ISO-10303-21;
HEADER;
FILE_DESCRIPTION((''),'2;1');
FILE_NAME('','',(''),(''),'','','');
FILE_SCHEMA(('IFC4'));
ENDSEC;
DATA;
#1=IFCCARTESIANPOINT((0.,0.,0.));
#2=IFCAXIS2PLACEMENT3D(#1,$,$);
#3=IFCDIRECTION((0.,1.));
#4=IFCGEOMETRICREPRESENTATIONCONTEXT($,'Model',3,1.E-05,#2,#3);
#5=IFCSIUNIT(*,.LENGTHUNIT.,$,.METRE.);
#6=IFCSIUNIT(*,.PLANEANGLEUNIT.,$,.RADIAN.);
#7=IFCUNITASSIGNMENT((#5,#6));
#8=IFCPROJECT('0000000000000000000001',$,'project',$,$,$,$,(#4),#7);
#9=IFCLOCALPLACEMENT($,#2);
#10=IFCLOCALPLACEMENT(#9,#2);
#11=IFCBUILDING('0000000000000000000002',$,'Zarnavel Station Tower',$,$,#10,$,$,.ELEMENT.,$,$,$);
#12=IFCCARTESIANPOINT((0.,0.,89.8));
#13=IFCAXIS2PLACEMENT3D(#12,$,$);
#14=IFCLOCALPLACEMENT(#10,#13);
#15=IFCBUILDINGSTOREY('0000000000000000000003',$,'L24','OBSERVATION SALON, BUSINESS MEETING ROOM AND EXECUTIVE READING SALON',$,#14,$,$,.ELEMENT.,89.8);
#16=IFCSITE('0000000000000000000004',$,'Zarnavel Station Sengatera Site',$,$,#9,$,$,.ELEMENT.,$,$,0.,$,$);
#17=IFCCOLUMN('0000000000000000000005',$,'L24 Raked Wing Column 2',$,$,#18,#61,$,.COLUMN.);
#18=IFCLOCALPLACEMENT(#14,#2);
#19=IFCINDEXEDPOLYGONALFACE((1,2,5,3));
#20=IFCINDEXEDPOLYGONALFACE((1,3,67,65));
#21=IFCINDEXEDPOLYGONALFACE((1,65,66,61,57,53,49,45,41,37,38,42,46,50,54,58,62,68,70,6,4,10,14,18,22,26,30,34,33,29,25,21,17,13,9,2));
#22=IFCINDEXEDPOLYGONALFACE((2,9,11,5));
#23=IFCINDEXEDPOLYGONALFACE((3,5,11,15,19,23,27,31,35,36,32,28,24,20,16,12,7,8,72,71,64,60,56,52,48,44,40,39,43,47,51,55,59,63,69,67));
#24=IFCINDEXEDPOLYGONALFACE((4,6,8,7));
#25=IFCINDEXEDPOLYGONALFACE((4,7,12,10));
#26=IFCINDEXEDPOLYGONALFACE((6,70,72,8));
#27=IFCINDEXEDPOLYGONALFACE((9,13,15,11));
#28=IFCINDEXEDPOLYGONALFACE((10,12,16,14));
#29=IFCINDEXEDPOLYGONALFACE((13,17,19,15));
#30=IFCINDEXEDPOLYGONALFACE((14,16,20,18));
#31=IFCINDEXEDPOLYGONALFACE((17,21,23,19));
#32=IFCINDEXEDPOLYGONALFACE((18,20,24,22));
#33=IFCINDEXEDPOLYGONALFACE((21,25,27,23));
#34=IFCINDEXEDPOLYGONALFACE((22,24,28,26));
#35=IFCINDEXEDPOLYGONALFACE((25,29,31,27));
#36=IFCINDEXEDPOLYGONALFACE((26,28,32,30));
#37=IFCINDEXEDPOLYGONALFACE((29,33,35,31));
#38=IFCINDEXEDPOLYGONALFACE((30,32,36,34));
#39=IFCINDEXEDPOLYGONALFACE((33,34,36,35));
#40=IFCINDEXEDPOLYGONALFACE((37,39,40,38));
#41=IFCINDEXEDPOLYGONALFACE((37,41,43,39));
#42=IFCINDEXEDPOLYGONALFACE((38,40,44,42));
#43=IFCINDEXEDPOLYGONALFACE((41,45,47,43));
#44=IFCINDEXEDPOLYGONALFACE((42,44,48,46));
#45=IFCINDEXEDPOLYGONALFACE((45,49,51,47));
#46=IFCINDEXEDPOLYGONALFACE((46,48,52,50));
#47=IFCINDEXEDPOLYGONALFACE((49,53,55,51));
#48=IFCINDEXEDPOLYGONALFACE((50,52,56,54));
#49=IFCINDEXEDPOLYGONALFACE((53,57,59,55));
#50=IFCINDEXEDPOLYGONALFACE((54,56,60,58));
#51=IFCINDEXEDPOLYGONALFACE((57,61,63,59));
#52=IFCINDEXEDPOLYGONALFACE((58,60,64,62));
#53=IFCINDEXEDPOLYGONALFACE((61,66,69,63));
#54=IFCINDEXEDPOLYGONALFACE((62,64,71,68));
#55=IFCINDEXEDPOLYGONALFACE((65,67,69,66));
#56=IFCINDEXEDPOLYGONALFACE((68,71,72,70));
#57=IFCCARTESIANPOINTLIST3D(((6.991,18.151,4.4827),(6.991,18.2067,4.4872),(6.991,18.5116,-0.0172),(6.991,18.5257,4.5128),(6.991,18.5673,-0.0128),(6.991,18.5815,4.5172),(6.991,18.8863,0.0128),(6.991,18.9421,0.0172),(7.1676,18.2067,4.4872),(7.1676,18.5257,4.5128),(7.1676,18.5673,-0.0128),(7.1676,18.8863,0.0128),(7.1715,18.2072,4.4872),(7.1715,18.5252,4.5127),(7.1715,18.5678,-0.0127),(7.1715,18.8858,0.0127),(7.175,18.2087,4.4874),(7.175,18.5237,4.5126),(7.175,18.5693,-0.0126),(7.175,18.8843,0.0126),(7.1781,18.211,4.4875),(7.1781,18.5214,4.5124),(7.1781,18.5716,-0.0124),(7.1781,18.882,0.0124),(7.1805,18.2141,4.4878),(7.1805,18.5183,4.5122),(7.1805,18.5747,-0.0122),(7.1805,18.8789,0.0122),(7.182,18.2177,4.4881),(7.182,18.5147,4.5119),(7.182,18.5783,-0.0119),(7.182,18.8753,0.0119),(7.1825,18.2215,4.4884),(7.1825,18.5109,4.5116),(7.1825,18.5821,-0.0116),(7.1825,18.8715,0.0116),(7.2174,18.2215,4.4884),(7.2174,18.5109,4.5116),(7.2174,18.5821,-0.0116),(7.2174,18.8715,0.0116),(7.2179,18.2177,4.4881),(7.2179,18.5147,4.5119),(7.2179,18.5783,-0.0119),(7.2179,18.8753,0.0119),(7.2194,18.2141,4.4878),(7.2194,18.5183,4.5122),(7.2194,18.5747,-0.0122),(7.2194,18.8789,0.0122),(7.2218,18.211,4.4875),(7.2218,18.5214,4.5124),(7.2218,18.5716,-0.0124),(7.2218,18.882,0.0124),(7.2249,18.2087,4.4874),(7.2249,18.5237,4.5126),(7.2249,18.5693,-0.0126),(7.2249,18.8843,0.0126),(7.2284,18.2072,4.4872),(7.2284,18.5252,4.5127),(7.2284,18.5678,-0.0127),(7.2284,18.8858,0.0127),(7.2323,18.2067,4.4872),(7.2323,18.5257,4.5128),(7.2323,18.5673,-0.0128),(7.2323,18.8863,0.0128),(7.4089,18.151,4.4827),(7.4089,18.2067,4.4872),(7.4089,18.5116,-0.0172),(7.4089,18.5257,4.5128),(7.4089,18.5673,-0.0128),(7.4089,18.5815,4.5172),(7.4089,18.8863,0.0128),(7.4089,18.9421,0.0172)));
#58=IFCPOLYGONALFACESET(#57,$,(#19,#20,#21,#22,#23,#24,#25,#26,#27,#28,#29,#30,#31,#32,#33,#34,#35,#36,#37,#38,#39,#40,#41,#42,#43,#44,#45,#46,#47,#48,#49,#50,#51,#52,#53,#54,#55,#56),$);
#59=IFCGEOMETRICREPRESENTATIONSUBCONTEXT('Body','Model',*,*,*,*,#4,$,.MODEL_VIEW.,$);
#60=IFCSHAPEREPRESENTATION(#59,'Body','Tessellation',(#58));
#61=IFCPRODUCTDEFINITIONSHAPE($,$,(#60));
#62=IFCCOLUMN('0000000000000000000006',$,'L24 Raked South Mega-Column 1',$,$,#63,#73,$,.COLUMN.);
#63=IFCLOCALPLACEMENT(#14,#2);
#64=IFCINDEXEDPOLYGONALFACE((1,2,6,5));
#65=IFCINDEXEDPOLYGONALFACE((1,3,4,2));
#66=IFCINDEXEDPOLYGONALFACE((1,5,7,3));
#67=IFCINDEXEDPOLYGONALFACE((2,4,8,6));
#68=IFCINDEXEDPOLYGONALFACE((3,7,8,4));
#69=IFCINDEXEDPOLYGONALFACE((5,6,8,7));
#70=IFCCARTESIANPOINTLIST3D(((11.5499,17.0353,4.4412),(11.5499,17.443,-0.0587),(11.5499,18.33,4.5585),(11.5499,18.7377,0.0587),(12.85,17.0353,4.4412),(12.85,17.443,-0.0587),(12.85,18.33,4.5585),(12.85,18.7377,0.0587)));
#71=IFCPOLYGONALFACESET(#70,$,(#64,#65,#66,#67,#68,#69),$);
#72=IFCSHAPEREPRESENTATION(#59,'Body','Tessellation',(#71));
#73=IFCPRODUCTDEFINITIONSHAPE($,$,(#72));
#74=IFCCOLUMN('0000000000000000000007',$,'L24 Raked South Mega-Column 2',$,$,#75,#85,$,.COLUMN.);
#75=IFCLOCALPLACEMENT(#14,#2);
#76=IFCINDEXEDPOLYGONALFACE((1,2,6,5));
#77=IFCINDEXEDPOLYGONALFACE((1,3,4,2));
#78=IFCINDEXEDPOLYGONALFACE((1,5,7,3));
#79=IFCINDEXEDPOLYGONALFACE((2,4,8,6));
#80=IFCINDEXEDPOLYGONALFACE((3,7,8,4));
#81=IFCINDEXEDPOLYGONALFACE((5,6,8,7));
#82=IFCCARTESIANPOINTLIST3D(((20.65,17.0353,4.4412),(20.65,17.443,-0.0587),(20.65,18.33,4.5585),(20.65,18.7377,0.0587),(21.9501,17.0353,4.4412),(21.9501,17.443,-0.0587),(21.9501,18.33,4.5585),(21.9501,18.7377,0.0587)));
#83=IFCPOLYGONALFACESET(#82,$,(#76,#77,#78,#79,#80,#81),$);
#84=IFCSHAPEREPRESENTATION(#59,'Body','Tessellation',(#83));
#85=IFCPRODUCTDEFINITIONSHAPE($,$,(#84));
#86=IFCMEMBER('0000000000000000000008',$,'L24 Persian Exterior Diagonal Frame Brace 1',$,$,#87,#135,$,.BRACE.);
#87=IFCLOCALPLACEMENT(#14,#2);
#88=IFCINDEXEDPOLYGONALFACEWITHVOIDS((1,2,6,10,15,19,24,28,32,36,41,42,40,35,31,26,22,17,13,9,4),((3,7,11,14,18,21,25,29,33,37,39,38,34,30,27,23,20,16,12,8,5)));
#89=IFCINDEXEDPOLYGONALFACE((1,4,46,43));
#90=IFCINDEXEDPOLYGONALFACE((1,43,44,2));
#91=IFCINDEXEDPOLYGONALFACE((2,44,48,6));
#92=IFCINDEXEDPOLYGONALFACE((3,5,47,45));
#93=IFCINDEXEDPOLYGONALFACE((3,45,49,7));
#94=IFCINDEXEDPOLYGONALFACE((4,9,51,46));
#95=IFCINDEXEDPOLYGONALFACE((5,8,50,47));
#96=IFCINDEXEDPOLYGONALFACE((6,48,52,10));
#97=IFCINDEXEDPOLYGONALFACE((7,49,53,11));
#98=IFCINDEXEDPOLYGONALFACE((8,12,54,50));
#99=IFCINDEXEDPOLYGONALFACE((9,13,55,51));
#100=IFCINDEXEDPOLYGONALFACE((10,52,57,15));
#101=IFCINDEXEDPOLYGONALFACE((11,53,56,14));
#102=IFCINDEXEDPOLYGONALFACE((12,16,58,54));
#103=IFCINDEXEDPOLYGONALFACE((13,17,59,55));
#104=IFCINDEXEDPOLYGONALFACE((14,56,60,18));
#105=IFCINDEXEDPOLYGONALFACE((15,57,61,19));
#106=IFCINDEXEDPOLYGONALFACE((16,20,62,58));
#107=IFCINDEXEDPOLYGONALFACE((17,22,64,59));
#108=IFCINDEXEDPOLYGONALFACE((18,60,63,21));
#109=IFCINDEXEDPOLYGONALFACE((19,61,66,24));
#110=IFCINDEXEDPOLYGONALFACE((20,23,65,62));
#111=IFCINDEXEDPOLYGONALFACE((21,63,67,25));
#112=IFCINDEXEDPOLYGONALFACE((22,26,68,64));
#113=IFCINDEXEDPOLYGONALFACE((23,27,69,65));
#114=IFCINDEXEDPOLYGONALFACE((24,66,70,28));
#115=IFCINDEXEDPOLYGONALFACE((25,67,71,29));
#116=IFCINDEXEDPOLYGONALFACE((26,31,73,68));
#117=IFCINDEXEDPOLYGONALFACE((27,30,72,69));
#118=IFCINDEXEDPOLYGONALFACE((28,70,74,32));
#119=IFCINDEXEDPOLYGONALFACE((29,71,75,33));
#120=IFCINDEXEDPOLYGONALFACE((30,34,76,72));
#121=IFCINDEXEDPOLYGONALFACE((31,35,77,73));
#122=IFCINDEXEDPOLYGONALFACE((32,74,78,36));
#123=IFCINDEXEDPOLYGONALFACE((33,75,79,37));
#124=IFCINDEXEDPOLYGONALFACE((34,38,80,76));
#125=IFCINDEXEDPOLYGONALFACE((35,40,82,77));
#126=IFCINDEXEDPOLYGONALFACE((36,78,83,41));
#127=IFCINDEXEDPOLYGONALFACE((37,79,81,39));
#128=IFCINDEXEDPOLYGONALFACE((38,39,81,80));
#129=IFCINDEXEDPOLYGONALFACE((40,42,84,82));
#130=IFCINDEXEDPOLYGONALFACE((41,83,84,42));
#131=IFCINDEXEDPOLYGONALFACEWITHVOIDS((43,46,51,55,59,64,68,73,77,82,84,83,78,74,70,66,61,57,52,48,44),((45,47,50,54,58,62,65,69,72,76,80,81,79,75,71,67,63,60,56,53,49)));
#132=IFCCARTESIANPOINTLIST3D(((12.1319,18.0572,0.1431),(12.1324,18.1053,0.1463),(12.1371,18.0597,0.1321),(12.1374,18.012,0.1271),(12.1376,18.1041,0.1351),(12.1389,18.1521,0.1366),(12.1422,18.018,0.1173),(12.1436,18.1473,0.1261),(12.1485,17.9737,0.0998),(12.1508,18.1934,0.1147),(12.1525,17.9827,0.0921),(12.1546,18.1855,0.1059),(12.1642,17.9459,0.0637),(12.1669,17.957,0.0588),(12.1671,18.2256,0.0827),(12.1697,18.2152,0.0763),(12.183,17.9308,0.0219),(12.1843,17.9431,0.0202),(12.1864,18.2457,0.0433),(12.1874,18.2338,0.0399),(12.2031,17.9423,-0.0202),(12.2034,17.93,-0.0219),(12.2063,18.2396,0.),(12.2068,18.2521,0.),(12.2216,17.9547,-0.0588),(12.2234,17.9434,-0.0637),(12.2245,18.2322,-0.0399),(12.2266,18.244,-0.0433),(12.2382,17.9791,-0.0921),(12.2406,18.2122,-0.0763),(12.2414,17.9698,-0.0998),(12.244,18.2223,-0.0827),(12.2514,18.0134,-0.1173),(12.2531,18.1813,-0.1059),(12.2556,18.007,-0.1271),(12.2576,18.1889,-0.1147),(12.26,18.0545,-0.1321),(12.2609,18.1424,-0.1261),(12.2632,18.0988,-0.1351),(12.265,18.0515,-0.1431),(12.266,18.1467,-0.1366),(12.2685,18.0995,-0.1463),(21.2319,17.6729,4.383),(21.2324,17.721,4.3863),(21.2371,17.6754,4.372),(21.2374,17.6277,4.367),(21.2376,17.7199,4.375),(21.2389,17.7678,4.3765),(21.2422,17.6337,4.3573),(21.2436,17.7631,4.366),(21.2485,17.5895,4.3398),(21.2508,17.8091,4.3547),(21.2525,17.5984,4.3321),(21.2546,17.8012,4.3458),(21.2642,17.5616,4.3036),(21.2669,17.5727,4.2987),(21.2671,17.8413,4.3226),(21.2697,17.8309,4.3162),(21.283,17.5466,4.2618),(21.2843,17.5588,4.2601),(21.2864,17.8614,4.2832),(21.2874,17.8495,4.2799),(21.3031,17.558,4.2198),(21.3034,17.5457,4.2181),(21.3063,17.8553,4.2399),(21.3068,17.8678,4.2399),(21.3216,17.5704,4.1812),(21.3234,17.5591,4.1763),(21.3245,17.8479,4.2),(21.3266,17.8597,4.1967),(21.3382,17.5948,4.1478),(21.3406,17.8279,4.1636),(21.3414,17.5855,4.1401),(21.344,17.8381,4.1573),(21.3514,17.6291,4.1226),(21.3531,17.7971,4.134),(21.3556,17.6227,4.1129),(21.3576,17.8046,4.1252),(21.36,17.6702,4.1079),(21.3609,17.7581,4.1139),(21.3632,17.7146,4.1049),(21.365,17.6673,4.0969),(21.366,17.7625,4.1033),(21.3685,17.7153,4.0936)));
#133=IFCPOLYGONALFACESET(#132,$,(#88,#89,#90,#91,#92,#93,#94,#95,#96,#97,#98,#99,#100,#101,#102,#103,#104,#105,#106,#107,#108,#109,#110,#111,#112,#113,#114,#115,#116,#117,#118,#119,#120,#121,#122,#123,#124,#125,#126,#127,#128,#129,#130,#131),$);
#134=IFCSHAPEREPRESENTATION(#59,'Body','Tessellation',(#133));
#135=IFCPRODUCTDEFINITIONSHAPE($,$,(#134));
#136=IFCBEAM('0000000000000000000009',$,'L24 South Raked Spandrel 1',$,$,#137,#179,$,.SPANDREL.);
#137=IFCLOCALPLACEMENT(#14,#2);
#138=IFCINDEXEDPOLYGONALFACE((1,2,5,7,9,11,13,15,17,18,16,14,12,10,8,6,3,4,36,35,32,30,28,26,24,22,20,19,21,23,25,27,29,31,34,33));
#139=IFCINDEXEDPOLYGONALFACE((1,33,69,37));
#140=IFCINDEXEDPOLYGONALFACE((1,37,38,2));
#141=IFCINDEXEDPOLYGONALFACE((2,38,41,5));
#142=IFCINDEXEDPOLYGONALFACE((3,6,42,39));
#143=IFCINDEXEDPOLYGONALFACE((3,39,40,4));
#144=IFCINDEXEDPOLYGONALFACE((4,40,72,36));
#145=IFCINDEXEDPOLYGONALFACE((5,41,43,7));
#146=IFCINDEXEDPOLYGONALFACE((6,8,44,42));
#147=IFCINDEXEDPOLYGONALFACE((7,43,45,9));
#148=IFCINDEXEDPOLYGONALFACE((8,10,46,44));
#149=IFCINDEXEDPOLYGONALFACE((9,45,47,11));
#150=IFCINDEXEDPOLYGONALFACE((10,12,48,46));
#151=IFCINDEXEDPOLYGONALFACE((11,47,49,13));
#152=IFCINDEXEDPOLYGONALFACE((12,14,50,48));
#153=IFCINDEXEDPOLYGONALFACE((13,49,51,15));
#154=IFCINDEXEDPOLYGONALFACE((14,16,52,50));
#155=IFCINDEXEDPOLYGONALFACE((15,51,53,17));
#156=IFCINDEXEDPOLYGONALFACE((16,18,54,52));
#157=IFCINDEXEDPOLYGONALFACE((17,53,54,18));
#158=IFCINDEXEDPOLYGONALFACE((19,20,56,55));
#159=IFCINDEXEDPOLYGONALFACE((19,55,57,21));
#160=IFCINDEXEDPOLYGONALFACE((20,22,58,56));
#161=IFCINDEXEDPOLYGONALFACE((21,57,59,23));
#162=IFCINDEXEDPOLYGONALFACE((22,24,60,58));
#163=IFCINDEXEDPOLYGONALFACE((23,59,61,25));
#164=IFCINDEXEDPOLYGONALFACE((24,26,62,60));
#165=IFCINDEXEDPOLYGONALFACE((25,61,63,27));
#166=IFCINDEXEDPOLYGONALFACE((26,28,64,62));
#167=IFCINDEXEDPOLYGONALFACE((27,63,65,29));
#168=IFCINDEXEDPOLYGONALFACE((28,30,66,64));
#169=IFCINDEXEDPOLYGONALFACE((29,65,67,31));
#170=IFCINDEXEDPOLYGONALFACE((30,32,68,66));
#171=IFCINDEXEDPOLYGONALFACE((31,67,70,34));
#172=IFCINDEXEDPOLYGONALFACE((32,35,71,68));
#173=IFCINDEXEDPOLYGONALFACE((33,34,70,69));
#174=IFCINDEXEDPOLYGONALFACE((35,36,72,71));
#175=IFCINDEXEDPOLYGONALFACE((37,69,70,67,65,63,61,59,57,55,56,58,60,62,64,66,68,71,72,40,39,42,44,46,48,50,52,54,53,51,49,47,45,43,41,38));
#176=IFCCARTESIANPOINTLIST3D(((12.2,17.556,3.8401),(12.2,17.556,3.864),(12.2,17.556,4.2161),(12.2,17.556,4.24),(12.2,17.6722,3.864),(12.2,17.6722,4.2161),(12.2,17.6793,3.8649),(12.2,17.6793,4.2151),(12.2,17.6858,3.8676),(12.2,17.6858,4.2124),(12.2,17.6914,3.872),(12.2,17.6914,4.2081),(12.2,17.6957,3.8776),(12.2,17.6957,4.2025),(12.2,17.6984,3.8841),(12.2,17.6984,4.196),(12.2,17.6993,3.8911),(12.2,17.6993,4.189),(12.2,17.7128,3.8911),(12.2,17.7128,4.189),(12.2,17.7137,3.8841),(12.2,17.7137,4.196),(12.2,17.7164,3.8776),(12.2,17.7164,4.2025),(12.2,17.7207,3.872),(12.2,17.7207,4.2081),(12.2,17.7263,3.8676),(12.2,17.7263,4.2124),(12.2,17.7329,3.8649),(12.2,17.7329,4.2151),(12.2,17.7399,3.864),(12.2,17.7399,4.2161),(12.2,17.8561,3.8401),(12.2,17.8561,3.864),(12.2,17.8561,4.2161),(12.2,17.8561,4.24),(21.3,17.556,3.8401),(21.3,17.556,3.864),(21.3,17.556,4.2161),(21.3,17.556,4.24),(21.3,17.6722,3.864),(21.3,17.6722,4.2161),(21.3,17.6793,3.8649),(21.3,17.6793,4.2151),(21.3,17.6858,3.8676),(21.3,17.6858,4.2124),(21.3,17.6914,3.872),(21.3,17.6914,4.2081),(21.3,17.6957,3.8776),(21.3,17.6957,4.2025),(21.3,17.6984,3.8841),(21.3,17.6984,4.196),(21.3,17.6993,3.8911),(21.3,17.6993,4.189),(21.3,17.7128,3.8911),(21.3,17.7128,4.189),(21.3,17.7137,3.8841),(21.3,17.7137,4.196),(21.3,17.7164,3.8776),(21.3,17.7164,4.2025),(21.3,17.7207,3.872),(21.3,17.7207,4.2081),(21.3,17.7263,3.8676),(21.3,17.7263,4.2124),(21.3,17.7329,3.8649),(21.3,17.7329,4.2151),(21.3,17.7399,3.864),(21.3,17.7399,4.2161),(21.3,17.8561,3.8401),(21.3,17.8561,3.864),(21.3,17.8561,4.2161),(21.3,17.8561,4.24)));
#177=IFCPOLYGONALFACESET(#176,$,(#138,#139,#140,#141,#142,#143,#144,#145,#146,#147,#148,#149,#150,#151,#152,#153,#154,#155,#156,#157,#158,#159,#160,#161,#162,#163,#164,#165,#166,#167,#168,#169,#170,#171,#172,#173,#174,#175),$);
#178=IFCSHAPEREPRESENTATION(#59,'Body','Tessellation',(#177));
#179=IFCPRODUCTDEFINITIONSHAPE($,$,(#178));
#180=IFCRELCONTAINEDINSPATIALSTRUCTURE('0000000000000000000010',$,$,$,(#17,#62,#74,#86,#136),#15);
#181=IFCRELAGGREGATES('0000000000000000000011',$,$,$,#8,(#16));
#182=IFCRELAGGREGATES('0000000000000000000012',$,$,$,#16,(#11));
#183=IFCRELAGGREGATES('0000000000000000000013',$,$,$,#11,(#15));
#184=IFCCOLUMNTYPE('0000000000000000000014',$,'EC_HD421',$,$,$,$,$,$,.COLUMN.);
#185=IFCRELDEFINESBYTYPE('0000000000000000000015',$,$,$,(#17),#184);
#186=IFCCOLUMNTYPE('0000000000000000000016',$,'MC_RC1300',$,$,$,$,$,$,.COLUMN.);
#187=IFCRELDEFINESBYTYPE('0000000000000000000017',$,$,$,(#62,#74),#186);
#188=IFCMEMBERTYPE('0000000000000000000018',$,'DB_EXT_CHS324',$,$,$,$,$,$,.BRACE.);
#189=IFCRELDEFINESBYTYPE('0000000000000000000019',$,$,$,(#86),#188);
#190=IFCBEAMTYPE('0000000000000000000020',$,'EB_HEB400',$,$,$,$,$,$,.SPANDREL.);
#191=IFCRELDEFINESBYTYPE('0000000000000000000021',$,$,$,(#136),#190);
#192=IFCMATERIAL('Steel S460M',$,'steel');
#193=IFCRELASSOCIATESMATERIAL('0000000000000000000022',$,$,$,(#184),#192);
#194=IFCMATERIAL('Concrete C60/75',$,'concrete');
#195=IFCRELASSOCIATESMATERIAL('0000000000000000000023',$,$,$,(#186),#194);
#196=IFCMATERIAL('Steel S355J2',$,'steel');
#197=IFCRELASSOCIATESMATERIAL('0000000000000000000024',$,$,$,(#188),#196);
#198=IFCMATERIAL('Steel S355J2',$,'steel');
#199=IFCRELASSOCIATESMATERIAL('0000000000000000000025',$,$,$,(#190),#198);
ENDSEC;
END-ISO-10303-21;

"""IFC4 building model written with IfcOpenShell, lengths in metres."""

from ifc_helpers import new_model, si_unit, direction, frame, origin, origin_2d, place, context, subcontext, project, spatial, rectangle, hollow_circle, i_section, extrude, material, material_profile, profile_set, type_object, element, save


model = new_model("IFC4")

# Units and contexts
model_context = context("Model", 3, precision=1e-05, world=origin(), true_north=direction((0.0, 1.0)))
body_context = subcontext(model_context, "Body", "Model", "MODEL_VIEW")
ifc_project = project(units=[si_unit("LENGTHUNIT", "METRE"), si_unit("PLANEANGLEUNIT", "RADIAN")], contexts=[model_context])

# Site, building, storey
site_placement = place(None, origin())
site = spatial("IfcSite", under=ifc_project, at=site_placement, Name="Zarnavel Station Sengatera Site", CompositionType="ELEMENT", RefElevation=0.0)
building_placement = place(site_placement, origin())
building = spatial("IfcBuilding", under=site, at=building_placement, Name="Zarnavel Station Tower", CompositionType="ELEMENT")
storey_placement = place(building_placement, frame((0.0, 0.0, 89.8)))
storey = spatial("IfcBuildingStorey", under=building, at=storey_placement, Name="L24", Description="OBSERVATION SALON, BUSINESS MEETING ROOM AND EXECUTIVE READING SALON", CompositionType="ELEMENT", Elevation=89.8)

# Columns
ifc_material_1 = material(Name="Steel S460M", Category="steel")
ifc_material_profile_1 = material_profile(ifc_material_1, i_section(OverallWidth=0.418, OverallDepth=0.4319, WebThickness=0.0349, FlangeThickness=0.0559, FilletRadius=0.0149, at=origin_2d()), Name="HD400x421")
ifc_profile_set_1 = profile_set([ifc_material_profile_1], Name="Steel S460M")
column_type_1 = type_object("IfcColumnType", Name="EC_HD421", PredefinedType="COLUMN", material=ifc_profile_set_1)
column_placement = place(storey_placement, frame((7.2, 18.7268, 0.0), z_axis=(0.0, -0.079876, 0.996805), x_axis=(1.0, 0.0, 0.0)))
element("IfcColumn", 1, at=column_placement, inside=storey, type_object=column_type_1, Name="L24 Raked Wing Column 2", PredefinedType="COLUMN", context=body_context, shape_type="SweptSolid", body=[
    extrude(i_section(OverallWidth=0.418, OverallDepth=0.4319, WebThickness=0.0349, FlangeThickness=0.0559, FilletRadius=0.0149, at=origin_2d()), origin(), (0.0, 0.0, 1.0), 4.5144),
])
ifc_material_2 = material(Name="Concrete C60/75", Category="concrete")
ifc_material_profile_2 = material_profile(ifc_material_2, rectangle(XDim=1.3, YDim=1.3, at=origin_2d()), Name="RC1300x1300")
ifc_profile_set_2 = profile_set([ifc_material_profile_2], Name="Concrete C60/75")
column_type_2 = type_object("IfcColumnType", Name="MC_RC1300", PredefinedType="COLUMN", material=ifc_profile_set_2)
for number, where, z_axis, x_axis, name in (
    (2, (12.2, 18.0903, 0.0), (0.0, -0.090234, 0.995921), (1.0, 0.0, 0.0), "L24 Raked South Mega-Column 1"),
    (3, (21.3, 18.0903, 0.0), (0.0, -0.090234, 0.995921), (1.0, 0.0, 0.0), "L24 Raked South Mega-Column 2"),
):
    element("IfcColumn", number, at=place(storey_placement, frame(where, z_axis=z_axis, x_axis=x_axis)), inside=storey, type_object=column_type_2, Name=name, PredefinedType="COLUMN", context=body_context, shape_type="SweptSolid", body=[
        extrude(rectangle(XDim=1.3, YDim=1.3, at=origin_2d()), origin(), (0.0, 0.0, 1.0), 4.5183),
    ])

# Member
ifc_material_3 = material(Name="Steel S355J2", Category="steel")
ifc_material_profile_3 = material_profile(ifc_material_3, hollow_circle(Radius=0.1619, WallThickness=0.0125, at=origin_2d()), Name="CHS323.9x12.5")
ifc_profile_set_3 = profile_set([ifc_material_profile_3], Name="Steel S355J2")
member_type = type_object("IfcMemberType", Name="DB_EXT_CHS324", PredefinedType="BRACE", material=ifc_profile_set_3)
member_placement = place(storey_placement, frame((12.2, 18.0903, 0.0), z_axis=(0.905776, -0.038249, 0.422027), x_axis=(0.04219, 0.99911, 0.0)))
element("IfcMember", 4, at=member_placement, inside=storey, type_object=member_type, Name="L24 Persian Exterior Diagonal Frame Brace 1", PredefinedType="BRACE", context=body_context, shape_type="SweptSolid", body=[
    extrude(hollow_circle(Radius=0.1619, WallThickness=0.0125, at=origin_2d()), origin(), (0.0, 0.0, 1.0), 10.0466),
])

# Beam
ifc_material_4 = material(Name="Steel S355J2", Category="steel")
ifc_material_profile_4 = material_profile(ifc_material_4, i_section(OverallWidth=0.3, OverallDepth=0.3999, WebThickness=0.0134, FlangeThickness=0.0239, FilletRadius=0.0271, at=origin_2d()), Name="HEB400")
ifc_profile_set_4 = profile_set([ifc_material_profile_4], Name="Steel S355J2")
beam_type_1 = type_object("IfcBeamType", Name="EB_HEB400", PredefinedType="SPANDREL", material=ifc_profile_set_4)
beam_1_placement = place(storey_placement, frame((12.2, 17.7061, 4.04), z_axis=(1.0, 0.0, 0.0), x_axis=(0.0, 1.0, 0.0)))
element("IfcBeam", 5, at=beam_1_placement, inside=storey, type_object=beam_type_1, Name="L24 South Raked Spandrel 1", PredefinedType="SPANDREL", context=body_context, shape_type="SweptSolid", body=[
    extrude(i_section(OverallWidth=0.3, OverallDepth=0.3999, WebThickness=0.0134, FlangeThickness=0.0239, FilletRadius=0.0271, at=origin_2d()), origin(), (0.0, 0.0, 1.0), 9.1001),
])

save(model, "model.ifc")
